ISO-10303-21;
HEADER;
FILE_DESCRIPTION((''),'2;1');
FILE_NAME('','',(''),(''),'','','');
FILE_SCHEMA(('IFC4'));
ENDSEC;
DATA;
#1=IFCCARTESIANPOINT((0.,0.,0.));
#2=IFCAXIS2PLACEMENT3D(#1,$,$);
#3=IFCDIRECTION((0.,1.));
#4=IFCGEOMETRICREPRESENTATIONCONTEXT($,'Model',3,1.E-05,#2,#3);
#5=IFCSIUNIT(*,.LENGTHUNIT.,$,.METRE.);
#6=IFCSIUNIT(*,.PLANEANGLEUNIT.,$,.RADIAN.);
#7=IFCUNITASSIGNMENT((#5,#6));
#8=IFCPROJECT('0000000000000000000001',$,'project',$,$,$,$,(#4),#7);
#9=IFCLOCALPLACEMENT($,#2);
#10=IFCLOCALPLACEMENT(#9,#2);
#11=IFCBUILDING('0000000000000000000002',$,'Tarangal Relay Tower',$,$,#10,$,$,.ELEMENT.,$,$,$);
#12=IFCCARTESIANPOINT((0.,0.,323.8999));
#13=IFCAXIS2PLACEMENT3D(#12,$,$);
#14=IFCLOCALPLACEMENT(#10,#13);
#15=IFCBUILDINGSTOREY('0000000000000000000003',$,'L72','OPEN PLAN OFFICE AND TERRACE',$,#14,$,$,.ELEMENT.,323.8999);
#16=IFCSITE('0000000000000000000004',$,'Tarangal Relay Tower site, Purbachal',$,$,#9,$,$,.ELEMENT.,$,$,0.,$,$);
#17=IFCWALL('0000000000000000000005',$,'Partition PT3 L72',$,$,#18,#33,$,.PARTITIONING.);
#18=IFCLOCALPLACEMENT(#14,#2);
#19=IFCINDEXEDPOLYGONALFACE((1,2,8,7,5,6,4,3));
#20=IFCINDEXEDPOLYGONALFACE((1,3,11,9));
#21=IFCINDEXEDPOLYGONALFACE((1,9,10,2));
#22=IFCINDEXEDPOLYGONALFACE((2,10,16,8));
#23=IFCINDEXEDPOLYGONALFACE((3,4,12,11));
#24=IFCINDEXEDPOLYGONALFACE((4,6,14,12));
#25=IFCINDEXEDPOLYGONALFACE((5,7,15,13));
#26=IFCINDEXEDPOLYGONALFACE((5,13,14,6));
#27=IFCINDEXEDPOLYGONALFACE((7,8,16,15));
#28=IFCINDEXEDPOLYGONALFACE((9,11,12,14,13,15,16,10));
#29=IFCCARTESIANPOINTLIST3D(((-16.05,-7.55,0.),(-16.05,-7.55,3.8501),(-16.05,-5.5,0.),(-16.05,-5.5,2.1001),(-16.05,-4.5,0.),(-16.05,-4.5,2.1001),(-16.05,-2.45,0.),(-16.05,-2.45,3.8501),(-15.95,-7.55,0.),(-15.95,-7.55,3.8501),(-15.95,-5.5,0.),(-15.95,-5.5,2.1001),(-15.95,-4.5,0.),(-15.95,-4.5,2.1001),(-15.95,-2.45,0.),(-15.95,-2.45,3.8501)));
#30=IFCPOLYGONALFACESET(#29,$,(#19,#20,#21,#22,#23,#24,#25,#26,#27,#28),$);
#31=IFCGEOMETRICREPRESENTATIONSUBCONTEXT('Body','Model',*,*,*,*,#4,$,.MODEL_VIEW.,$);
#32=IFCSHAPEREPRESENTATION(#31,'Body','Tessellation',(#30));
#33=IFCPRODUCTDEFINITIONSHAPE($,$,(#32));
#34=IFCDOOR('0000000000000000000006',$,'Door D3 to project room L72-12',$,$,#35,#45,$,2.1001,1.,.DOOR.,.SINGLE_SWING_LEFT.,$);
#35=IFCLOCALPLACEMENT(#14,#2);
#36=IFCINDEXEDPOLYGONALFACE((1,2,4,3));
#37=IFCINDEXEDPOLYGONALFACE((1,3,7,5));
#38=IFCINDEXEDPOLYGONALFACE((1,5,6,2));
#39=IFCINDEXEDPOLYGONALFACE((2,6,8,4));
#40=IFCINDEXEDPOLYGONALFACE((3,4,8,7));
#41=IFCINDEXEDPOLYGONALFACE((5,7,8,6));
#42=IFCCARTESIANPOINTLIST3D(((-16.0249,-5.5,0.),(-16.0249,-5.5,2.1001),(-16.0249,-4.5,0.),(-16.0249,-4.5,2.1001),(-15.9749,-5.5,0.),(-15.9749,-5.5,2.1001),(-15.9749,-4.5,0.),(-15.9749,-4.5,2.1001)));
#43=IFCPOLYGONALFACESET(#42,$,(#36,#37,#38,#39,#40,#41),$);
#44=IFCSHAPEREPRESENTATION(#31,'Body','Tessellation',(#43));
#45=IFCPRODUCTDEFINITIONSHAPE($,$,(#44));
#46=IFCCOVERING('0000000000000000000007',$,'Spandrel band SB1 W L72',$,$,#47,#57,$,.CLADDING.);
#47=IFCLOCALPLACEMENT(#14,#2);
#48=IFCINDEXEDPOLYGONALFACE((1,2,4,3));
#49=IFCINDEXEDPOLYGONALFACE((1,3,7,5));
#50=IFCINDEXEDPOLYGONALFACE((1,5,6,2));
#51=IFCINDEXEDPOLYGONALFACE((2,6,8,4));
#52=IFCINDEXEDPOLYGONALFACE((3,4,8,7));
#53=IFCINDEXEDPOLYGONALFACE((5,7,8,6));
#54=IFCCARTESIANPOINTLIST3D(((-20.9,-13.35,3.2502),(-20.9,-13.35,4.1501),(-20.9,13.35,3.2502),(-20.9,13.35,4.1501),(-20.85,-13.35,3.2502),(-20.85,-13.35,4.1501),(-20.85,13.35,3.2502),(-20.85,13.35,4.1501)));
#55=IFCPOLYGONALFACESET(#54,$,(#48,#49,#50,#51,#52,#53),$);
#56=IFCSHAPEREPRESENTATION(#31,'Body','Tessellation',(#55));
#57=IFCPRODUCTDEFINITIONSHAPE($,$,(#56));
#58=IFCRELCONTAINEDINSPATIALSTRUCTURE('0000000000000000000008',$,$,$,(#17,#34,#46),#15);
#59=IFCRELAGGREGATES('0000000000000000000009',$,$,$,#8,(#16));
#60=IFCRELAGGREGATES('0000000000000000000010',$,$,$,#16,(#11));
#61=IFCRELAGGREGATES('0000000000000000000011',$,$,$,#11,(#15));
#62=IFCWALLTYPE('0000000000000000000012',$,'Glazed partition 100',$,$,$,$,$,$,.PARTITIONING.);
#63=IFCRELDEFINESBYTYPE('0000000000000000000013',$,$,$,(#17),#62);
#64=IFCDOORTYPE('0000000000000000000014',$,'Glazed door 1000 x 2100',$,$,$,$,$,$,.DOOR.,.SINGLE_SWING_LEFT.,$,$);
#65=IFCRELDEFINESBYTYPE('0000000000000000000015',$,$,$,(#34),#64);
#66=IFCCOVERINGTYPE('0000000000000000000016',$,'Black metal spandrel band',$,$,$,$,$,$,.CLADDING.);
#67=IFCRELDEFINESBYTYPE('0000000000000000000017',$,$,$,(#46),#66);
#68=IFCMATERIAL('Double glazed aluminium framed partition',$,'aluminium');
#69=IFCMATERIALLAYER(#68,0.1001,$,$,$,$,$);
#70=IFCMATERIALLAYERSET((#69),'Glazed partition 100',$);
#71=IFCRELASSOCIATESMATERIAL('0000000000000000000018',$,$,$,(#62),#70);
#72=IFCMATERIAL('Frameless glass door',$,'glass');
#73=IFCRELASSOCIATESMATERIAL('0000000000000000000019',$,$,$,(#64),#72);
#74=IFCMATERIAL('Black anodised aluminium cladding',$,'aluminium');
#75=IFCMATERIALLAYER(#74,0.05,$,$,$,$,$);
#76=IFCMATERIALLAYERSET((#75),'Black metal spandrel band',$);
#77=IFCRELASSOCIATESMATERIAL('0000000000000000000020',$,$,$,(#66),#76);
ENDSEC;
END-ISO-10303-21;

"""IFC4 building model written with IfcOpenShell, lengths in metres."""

from ifc_helpers import new_model, si_unit, direction, frame, frame_2d, origin, origin_2d, place, context, subcontext, project, spatial, rectangle, extrude, material, layer, layer_set, type_object, element, fill, save


model = new_model("IFC4")

# Units and contexts
model_context = context("Model", 3, precision=1e-05, world=origin(), true_north=direction((0.0, 1.0)))
body_context = subcontext(model_context, "Body", "Model", "MODEL_VIEW")
ifc_project = project(units=[si_unit("LENGTHUNIT", "METRE"), si_unit("PLANEANGLEUNIT", "RADIAN")], contexts=[model_context])

# Site, building, storey
site_placement = place(None, origin())
site = spatial("IfcSite", under=ifc_project, at=site_placement, Name="Tarangal Relay Tower site, Purbachal", CompositionType="ELEMENT", RefElevation=0.0)
building_placement = place(site_placement, origin())
building = spatial("IfcBuilding", under=site, at=building_placement, Name="Tarangal Relay Tower", CompositionType="ELEMENT")
storey_placement = place(building_placement, frame((0.0, 0.0, 323.8999)))
storey = spatial("IfcBuildingStorey", under=building, at=storey_placement, Name="L72", Description="OPEN PLAN OFFICE AND TERRACE", CompositionType="ELEMENT", Elevation=323.8999)

# Shared definitions
ifc_material_1 = material(Name="Double glazed aluminium framed partition", Category="aluminium")
ifc_layer_1 = layer(ifc_material_1, 0.1001)
ifc_layer_set_1 = layer_set([ifc_layer_1], Name="Glazed partition 100")
wall_type_1 = type_object("IfcWallType", Name="Glazed partition 100", PredefinedType="PARTITIONING", material=ifc_layer_set_1)

# Wall, opening, door
wall_1_placement = place(storey_placement, frame((-16.0, -7.55, 0.0), z_axis=(0.0, 0.0, 1.0), x_axis=(0.0, 1.0, 0.0)))
wall_1 = element("IfcWall", 1, at=wall_1_placement, inside=storey, type_object=wall_type_1, Name="Partition PT3 L72", PredefinedType="PARTITIONING", context=body_context, shape_type="SweptSolid", body=[
    extrude(rectangle(XDim=5.1001, YDim=0.1001, at=frame_2d((2.55, 0.0))), origin(), (0.0, 0.0, 1.0), 3.8501),
])
opening_1_placement = place(wall_1_placement, frame((2.05, 0.0, 0.0)))
opening_1 = element("IfcOpeningElement", 2, at=opening_1_placement, cuts=wall_1, PredefinedType="OPENING", context=body_context, shape_type="SweptSolid", body=[
    extrude(rectangle(XDim=1.0, YDim=2.1001, at=frame_2d((0.5, 1.05))), frame((0.0, 0.0601, 0.0), z_axis=(0.0, -1.0, 0.0), x_axis=(1.0, 0.0, 0.0)), (0.0, 0.0, 1.0), 0.1201),
])
ifc_material_2 = material(Name="Frameless glass door", Category="glass")
door_type_1 = type_object("IfcDoorType", Name="Glazed door 1000 x 2100", OperationType="SINGLE_SWING_LEFT", PredefinedType="DOOR", material=ifc_material_2)
door_1_placement = place(opening_1_placement, origin())
door_1 = element("IfcDoor", 3, at=door_1_placement, inside=storey, type_object=door_type_1, Name="Door D3 to project room L72-12", OperationType="SINGLE_SWING_LEFT", OverallHeight=2.1001, OverallWidth=1.0, PredefinedType="DOOR", context=body_context, shape_type="SweptSolid", body=[
    extrude(rectangle(XDim=1.0, YDim=2.1001, at=frame_2d((0.5, 1.05))), frame((0.0, 0.0249, 0.0), z_axis=(0.0, -1.0, 0.0), x_axis=(1.0, 0.0, 0.0)), (0.0, 0.0, 1.0), 0.05),
])
fill(opening_1, door_1)

# Covering
ifc_material_3 = material(Name="Black anodised aluminium cladding", Category="aluminium")
ifc_layer_2 = layer(ifc_material_3, 0.05)
ifc_layer_set_2 = layer_set([ifc_layer_2], Name="Black metal spandrel band")
covering_type = type_object("IfcCoveringType", Name="Black metal spandrel band", PredefinedType="CLADDING", material=ifc_layer_set_2)
covering_placement = place(storey_placement, frame((-20.875, 0.0, 3.2502), z_axis=(0.0, 0.0, 1.0), x_axis=(0.0, 1.0, 0.0)))
element("IfcCovering", 4, at=covering_placement, inside=storey, type_object=covering_type, Name="Spandrel band SB1 W L72", PredefinedType="CLADDING", context=body_context, shape_type="SweptSolid", body=[
    extrude(rectangle(XDim=26.7, YDim=0.05, at=origin_2d()), origin(), (0.0, 0.0, 1.0), 0.8999),
])

save(model, "model.ifc")
